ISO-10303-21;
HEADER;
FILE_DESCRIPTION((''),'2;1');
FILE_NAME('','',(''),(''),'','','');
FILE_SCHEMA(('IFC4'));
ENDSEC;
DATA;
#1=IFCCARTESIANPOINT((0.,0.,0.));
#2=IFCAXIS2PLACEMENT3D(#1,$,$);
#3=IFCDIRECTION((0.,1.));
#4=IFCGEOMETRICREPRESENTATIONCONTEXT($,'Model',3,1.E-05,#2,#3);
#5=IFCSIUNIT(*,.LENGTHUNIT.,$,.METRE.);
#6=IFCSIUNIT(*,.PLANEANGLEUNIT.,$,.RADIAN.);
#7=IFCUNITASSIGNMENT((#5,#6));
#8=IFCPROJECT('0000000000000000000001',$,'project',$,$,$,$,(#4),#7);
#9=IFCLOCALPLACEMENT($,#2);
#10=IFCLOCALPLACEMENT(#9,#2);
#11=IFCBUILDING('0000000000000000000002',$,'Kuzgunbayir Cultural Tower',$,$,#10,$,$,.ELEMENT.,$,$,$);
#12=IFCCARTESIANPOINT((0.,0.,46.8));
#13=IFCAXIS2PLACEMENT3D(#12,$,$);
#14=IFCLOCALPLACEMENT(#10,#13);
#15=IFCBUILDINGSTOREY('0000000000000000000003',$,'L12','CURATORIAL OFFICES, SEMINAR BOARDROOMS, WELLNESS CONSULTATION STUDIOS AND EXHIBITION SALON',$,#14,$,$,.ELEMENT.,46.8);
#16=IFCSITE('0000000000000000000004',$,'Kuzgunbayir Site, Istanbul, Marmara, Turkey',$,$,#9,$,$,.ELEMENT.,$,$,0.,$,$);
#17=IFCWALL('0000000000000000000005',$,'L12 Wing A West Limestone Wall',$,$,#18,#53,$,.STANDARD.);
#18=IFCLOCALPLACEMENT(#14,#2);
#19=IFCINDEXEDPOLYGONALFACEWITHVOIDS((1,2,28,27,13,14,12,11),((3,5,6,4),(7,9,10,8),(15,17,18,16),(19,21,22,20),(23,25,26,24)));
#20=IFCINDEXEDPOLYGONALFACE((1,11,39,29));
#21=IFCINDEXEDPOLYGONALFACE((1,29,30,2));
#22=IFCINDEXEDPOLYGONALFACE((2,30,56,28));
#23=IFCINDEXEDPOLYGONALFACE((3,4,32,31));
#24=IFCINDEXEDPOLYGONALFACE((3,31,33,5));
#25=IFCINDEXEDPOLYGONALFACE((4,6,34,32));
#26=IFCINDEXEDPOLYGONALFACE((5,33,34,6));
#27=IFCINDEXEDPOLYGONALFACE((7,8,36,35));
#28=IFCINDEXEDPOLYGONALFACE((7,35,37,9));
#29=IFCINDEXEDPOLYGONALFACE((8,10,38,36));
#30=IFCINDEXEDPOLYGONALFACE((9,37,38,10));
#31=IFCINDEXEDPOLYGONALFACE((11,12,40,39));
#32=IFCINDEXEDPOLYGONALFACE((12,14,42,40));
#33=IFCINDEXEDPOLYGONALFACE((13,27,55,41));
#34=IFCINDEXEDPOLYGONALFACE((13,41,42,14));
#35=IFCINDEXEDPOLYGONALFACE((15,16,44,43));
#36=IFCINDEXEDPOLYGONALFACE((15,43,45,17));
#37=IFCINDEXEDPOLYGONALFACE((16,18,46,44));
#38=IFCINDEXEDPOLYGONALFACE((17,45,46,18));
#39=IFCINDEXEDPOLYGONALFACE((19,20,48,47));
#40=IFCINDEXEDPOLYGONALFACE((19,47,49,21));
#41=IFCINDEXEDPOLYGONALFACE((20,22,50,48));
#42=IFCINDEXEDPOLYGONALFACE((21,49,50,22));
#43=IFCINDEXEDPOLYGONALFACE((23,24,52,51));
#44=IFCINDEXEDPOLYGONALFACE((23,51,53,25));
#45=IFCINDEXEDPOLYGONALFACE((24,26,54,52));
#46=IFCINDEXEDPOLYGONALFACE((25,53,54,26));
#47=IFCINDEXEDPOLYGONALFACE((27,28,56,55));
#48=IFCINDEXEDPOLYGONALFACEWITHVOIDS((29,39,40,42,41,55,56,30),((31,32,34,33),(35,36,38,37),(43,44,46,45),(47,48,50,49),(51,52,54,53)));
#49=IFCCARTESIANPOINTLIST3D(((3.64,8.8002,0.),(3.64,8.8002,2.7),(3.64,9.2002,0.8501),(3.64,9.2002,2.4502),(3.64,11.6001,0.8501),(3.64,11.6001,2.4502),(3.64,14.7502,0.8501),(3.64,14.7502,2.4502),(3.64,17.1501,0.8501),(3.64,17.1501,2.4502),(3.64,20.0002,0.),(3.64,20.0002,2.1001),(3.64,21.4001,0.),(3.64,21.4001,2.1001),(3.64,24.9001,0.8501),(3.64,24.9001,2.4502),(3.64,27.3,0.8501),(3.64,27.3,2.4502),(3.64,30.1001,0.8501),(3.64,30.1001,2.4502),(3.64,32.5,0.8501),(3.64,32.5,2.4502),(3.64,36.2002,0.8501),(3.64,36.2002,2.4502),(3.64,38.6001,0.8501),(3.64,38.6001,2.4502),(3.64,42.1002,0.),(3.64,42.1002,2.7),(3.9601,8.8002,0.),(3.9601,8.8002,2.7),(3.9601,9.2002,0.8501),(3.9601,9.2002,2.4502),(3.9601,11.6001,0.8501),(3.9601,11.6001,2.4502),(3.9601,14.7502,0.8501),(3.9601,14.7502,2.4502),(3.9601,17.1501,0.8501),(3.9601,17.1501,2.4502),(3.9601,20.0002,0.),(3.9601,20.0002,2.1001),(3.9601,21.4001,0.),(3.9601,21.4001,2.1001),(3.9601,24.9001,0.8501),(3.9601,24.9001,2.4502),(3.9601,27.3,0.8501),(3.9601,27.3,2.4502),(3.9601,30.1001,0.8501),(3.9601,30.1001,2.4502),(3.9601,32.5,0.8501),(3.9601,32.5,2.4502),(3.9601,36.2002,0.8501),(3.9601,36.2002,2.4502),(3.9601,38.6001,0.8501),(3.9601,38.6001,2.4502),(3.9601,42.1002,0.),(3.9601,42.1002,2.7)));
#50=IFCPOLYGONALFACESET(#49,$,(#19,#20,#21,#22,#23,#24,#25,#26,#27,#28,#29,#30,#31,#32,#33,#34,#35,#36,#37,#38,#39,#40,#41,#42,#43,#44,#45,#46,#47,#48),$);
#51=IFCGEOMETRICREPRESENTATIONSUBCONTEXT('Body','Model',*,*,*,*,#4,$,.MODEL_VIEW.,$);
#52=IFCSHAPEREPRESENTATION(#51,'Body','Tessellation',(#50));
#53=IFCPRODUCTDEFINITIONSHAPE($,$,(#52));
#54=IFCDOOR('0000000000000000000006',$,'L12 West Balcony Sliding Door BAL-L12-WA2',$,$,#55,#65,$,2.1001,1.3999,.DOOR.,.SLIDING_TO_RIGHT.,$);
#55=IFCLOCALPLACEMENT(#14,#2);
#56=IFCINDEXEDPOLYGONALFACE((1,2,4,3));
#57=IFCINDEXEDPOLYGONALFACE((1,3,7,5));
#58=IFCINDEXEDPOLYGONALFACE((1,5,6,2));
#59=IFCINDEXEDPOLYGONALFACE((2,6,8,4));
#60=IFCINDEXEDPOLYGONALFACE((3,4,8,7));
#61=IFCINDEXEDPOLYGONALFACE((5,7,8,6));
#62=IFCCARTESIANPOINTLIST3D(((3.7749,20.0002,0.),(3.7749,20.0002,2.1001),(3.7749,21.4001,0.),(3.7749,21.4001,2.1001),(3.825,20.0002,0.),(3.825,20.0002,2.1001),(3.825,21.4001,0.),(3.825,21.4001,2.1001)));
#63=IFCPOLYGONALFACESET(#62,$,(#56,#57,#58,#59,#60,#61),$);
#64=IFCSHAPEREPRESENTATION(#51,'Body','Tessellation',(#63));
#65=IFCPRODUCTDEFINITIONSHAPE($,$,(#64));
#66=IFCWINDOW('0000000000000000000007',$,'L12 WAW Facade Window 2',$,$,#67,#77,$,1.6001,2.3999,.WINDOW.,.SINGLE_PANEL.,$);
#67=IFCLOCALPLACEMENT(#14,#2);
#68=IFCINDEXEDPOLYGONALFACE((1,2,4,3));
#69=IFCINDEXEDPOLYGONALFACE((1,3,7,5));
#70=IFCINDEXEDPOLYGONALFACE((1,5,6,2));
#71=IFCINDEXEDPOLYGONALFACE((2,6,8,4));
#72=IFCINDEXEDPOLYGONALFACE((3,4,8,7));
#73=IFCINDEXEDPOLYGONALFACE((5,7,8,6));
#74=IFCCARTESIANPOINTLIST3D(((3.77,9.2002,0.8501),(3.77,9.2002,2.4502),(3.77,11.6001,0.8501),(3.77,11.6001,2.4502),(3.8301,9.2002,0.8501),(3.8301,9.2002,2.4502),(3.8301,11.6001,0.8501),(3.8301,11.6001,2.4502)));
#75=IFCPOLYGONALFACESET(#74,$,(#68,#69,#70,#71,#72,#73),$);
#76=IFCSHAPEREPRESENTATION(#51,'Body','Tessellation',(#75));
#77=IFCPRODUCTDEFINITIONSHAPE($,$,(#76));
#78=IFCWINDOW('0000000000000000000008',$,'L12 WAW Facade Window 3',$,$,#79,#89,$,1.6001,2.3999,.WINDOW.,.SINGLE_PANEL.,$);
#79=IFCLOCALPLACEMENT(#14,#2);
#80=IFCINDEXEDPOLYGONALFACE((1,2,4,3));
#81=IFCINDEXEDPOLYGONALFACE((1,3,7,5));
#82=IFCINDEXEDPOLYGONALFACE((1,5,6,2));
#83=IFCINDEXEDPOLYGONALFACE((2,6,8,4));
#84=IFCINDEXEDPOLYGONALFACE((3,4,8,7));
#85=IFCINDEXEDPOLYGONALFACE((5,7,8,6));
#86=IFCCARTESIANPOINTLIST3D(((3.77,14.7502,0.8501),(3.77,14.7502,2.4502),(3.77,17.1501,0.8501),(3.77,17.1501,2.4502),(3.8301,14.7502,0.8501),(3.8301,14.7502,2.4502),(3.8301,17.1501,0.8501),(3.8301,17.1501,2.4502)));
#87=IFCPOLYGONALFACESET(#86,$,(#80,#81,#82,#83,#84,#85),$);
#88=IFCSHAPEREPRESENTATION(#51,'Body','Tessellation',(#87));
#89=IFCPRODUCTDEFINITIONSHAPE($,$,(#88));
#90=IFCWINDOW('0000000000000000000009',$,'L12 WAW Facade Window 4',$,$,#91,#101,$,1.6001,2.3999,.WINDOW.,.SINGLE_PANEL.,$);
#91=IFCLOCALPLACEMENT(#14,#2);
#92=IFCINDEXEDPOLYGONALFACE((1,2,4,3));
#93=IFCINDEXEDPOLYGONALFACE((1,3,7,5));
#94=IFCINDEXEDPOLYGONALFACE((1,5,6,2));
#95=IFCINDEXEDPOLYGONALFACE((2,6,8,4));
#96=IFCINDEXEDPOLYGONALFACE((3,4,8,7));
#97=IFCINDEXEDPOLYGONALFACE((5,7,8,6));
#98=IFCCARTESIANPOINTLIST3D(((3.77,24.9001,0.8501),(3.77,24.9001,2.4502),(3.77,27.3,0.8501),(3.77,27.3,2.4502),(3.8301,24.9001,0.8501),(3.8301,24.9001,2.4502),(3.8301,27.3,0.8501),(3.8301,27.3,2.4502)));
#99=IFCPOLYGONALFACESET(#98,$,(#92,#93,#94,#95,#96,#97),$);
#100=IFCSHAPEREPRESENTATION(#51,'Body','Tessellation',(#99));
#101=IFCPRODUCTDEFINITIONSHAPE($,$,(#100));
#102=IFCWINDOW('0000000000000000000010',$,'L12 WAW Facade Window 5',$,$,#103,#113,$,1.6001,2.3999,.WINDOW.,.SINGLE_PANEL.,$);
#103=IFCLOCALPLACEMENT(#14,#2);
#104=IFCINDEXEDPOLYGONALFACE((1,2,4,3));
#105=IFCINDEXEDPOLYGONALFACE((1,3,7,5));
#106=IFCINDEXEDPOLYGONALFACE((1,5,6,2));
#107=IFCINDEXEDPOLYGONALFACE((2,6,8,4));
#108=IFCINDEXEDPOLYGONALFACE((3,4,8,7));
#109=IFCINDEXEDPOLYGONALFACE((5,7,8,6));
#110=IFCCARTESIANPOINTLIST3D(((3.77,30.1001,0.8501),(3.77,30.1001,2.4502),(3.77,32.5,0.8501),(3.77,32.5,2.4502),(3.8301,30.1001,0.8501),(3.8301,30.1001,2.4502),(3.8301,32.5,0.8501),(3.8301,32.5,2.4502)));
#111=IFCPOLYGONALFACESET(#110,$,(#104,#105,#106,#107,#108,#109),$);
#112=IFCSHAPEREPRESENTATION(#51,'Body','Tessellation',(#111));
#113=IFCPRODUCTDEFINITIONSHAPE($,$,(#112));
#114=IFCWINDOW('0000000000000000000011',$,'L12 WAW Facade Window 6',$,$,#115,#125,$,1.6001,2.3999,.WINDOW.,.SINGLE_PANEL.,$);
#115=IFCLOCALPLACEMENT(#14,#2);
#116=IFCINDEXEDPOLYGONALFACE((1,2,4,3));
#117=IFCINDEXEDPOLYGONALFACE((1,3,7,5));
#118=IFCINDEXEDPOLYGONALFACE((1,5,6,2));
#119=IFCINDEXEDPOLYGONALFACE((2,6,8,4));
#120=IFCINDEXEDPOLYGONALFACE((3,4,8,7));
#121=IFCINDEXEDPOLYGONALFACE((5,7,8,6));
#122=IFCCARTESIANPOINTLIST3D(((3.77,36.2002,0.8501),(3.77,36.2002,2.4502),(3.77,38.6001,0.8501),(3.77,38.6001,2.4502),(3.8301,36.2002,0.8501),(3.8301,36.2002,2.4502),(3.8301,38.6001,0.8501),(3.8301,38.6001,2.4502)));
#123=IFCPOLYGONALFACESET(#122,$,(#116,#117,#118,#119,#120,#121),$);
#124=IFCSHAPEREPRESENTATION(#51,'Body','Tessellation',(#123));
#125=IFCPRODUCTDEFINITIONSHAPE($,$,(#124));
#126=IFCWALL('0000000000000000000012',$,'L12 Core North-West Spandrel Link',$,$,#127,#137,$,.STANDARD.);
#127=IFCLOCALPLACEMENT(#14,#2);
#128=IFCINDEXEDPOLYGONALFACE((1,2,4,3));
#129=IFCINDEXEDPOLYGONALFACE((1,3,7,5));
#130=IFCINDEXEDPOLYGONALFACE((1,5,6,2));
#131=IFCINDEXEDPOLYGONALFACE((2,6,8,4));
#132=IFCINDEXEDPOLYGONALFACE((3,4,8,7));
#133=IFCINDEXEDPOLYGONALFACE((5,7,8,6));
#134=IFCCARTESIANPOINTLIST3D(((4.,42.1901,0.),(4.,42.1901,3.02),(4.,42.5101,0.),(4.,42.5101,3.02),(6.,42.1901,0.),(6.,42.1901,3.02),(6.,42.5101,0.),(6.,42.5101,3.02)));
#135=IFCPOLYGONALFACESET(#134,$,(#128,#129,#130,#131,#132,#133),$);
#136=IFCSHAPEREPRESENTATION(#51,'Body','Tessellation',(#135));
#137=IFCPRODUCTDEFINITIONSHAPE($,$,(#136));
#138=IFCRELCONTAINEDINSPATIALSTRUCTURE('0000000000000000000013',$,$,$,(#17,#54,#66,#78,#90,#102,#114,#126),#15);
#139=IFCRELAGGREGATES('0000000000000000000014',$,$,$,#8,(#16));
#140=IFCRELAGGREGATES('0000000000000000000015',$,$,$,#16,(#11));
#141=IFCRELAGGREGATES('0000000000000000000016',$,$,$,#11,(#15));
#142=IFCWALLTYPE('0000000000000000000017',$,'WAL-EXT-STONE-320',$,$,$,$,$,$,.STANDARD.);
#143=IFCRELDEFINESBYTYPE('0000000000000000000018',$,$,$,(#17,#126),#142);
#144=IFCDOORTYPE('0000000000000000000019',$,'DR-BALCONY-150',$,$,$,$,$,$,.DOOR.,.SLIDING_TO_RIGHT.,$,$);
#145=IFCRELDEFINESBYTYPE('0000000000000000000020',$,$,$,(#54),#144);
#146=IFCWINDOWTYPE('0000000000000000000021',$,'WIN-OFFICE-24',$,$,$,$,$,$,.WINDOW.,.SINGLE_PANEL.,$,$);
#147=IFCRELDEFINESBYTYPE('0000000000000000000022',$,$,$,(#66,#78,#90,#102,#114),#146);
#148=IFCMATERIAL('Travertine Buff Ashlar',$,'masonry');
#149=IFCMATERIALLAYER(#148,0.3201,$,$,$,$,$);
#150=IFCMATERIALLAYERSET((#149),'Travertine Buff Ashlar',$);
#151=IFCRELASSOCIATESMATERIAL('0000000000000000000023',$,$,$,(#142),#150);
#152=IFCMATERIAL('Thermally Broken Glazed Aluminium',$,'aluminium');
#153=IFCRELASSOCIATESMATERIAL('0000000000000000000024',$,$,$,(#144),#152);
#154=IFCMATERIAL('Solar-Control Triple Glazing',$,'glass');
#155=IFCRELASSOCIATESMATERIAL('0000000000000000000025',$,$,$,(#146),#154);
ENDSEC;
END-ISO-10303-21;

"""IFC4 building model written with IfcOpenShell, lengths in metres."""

from ifc_helpers import new_model, si_unit, direction, frame, frame_2d, origin, place, context, subcontext, project, spatial, rectangle, extrude, material, layer, layer_set, type_object, element, fill, save


model = new_model("IFC4")

# Units and contexts
model_context = context("Model", 3, precision=1e-05, world=origin(), true_north=direction((0.0, 1.0)))
body_context = subcontext(model_context, "Body", "Model", "MODEL_VIEW")
ifc_project = project(units=[si_unit("LENGTHUNIT", "METRE"), si_unit("PLANEANGLEUNIT", "RADIAN")], contexts=[model_context])

# Site, building, storey
site_placement = place(None, origin())
site = spatial("IfcSite", under=ifc_project, at=site_placement, Name="Kuzgunbayir Site, Istanbul, Marmara, Turkey", CompositionType="ELEMENT", RefElevation=0.0)
building_placement = place(site_placement, origin())
building = spatial("IfcBuilding", under=site, at=building_placement, Name="Kuzgunbayir Cultural Tower", CompositionType="ELEMENT")
storey_placement = place(building_placement, frame((0.0, 0.0, 46.8)))
storey = spatial("IfcBuildingStorey", under=building, at=storey_placement, Name="L12", Description="CURATORIAL OFFICES, SEMINAR BOARDROOMS, WELLNESS CONSULTATION STUDIOS AND EXHIBITION SALON", CompositionType="ELEMENT", Elevation=46.8)

# Wall, openings, door, windows
ifc_material_1 = material(Name="Travertine Buff Ashlar", Category="masonry")
ifc_layer_1 = layer(ifc_material_1, 0.3201)
ifc_layer_set_1 = layer_set([ifc_layer_1], Name="Travertine Buff Ashlar")
wall_type_1 = type_object("IfcWallType", Name="WAL-EXT-STONE-320", PredefinedType="STANDARD", material=ifc_layer_set_1)
wall_1_placement = place(storey_placement, frame((3.8, 42.1001, 0.0), z_axis=(0.0, 0.0, 1.0), x_axis=(0.0, -1.0, 0.0)))
wall_1 = element("IfcWall", 1, at=wall_1_placement, inside=storey, type_object=wall_type_1, Name="L12 Wing A West Limestone Wall", PredefinedType="STANDARD", context=body_context, shape_type="SweptSolid", body=[
    extrude(rectangle(XDim=33.3, YDim=0.3201, at=frame_2d((16.6499, 0.0))), origin(), (0.0, 0.0, 1.0), 2.7),
])
opening_1_placement = place(wall_1_placement, frame((20.7, 0.0, 0.0)))
opening_1 = element("IfcOpeningElement", 2, at=opening_1_placement, cuts=wall_1, PredefinedType="OPENING", context=body_context, shape_type="SweptSolid", body=[
    extrude(rectangle(XDim=1.3999, YDim=2.1001, at=frame_2d((0.7, 1.05))), frame((0.0, 0.1699, 0.0), z_axis=(0.0, -1.0, 0.0), x_axis=(1.0, 0.0, 0.0)), (0.0, 0.0, 1.0), 0.3401),
])
opening_2_placement = place(wall_1_placement, frame((30.5, 0.0, 0.8501)))
opening_2 = element("IfcOpeningElement", 3, at=opening_2_placement, cuts=wall_1, PredefinedType="OPENING", context=body_context, shape_type="SweptSolid", body=[
    extrude(rectangle(XDim=2.3999, YDim=1.6001, at=frame_2d((1.2, 0.8))), frame((0.0, 0.1699, 0.0), z_axis=(0.0, -1.0, 0.0), x_axis=(1.0, 0.0, 0.0)), (0.0, 0.0, 1.0), 0.3401),
])
opening_3_placement = place(wall_1_placement, frame((24.95, 0.0, 0.8501)))
opening_3 = element("IfcOpeningElement", 4, at=opening_3_placement, cuts=wall_1, PredefinedType="OPENING", context=body_context, shape_type="SweptSolid", body=[
    extrude(rectangle(XDim=2.3999, YDim=1.6001, at=frame_2d((1.2, 0.8))), frame((0.0, 0.1699, 0.0), z_axis=(0.0, -1.0, 0.0), x_axis=(1.0, 0.0, 0.0)), (0.0, 0.0, 1.0), 0.3401),
])
opening_4_placement = place(wall_1_placement, frame((14.8, 0.0, 0.8501)))
opening_4 = element("IfcOpeningElement", 5, at=opening_4_placement, cuts=wall_1, PredefinedType="OPENING", context=body_context, shape_type="SweptSolid", body=[
    extrude(rectangle(XDim=2.3999, YDim=1.6001, at=frame_2d((1.2, 0.8))), frame((0.0, 0.1699, 0.0), z_axis=(0.0, -1.0, 0.0), x_axis=(1.0, 0.0, 0.0)), (0.0, 0.0, 1.0), 0.3401),
])
opening_5_placement = place(wall_1_placement, frame((9.6001, 0.0, 0.8501)))
opening_5 = element("IfcOpeningElement", 6, at=opening_5_placement, cuts=wall_1, PredefinedType="OPENING", context=body_context, shape_type="SweptSolid", body=[
    extrude(rectangle(XDim=2.3999, YDim=1.6001, at=frame_2d((1.2, 0.8))), frame((0.0, 0.1699, 0.0), z_axis=(0.0, -1.0, 0.0), x_axis=(1.0, 0.0, 0.0)), (0.0, 0.0, 1.0), 0.3401),
])
opening_6_placement = place(wall_1_placement, frame((3.5, 0.0, 0.8501)))
opening_6 = element("IfcOpeningElement", 7, at=opening_6_placement, cuts=wall_1, PredefinedType="OPENING", context=body_context, shape_type="SweptSolid", body=[
    extrude(rectangle(XDim=2.3999, YDim=1.6001, at=frame_2d((1.2, 0.8))), frame((0.0, 0.1699, 0.0), z_axis=(0.0, -1.0, 0.0), x_axis=(1.0, 0.0, 0.0)), (0.0, 0.0, 1.0), 0.3401),
])
ifc_material_2 = material(Name="Thermally Broken Glazed Aluminium", Category="aluminium")
door_type = type_object("IfcDoorType", Name="DR-BALCONY-150", OperationType="SLIDING_TO_RIGHT", PredefinedType="DOOR", material=ifc_material_2)
door_placement = place(opening_1_placement, origin())
door = element("IfcDoor", 8, at=door_placement, inside=storey, type_object=door_type, Name="L12 West Balcony Sliding Door BAL-L12-WA2", OperationType="SLIDING_TO_RIGHT", OverallHeight=2.1001, OverallWidth=1.3999, PredefinedType="DOOR", context=body_context, shape_type="SweptSolid", body=[
    extrude(rectangle(XDim=1.3999, YDim=2.1001, at=frame_2d((0.7, 1.05))), frame((0.0, 0.0249, 0.0), z_axis=(0.0, -1.0, 0.0), x_axis=(1.0, 0.0, 0.0)), (0.0, 0.0, 1.0), 0.05),
])
fill(opening_1, door)
ifc_material_3 = material(Name="Solar-Control Triple Glazing", Category="glass")
window_type = type_object("IfcWindowType", Name="WIN-OFFICE-24", PartitioningType="SINGLE_PANEL", PredefinedType="WINDOW", material=ifc_material_3)
window_1_placement = place(opening_2_placement, origin())
window_1 = element("IfcWindow", 9, at=window_1_placement, inside=storey, type_object=window_type, Name="L12 WAW Facade Window 2", OverallHeight=1.6001, OverallWidth=2.3999, PartitioningType="SINGLE_PANEL", PredefinedType="WINDOW", context=body_context, shape_type="SweptSolid", body=[
    extrude(rectangle(XDim=2.3999, YDim=1.6001, at=frame_2d((1.2, 0.8))), frame((0.0, 0.03, 0.0), z_axis=(0.0, -1.0, 0.0), x_axis=(1.0, 0.0, 0.0)), (0.0, 0.0, 1.0), 0.0601),
])
fill(opening_2, window_1)
window_2_placement = place(opening_3_placement, origin())
window_2 = element("IfcWindow", 10, at=window_2_placement, inside=storey, type_object=window_type, Name="L12 WAW Facade Window 3", OverallHeight=1.6001, OverallWidth=2.3999, PartitioningType="SINGLE_PANEL", PredefinedType="WINDOW", context=body_context, shape_type="SweptSolid", body=[
    extrude(rectangle(XDim=2.3999, YDim=1.6001, at=frame_2d((1.2, 0.8))), frame((0.0, 0.03, 0.0), z_axis=(0.0, -1.0, 0.0), x_axis=(1.0, 0.0, 0.0)), (0.0, 0.0, 1.0), 0.0601),
])
fill(opening_3, window_2)
window_3_placement = place(opening_4_placement, origin())
window_3 = element("IfcWindow", 11, at=window_3_placement, inside=storey, type_object=window_type, Name="L12 WAW Facade Window 4", OverallHeight=1.6001, OverallWidth=2.3999, PartitioningType="SINGLE_PANEL", PredefinedType="WINDOW", context=body_context, shape_type="SweptSolid", body=[
    extrude(rectangle(XDim=2.3999, YDim=1.6001, at=frame_2d((1.2, 0.8))), frame((0.0, 0.03, 0.0), z_axis=(0.0, -1.0, 0.0), x_axis=(1.0, 0.0, 0.0)), (0.0, 0.0, 1.0), 0.0601),
])
fill(opening_4, window_3)
window_4_placement = place(opening_5_placement, origin())
window_4 = element("IfcWindow", 12, at=window_4_placement, inside=storey, type_object=window_type, Name="L12 WAW Facade Window 5", OverallHeight=1.6001, OverallWidth=2.3999, PartitioningType="SINGLE_PANEL", PredefinedType="WINDOW", context=body_context, shape_type="SweptSolid", body=[
    extrude(rectangle(XDim=2.3999, YDim=1.6001, at=frame_2d((1.2, 0.8))), frame((0.0, 0.03, 0.0), z_axis=(0.0, -1.0, 0.0), x_axis=(1.0, 0.0, 0.0)), (0.0, 0.0, 1.0), 0.0601),
])
fill(opening_5, window_4)
window_5_placement = place(opening_6_placement, origin())
window_5 = element("IfcWindow", 13, at=window_5_placement, inside=storey, type_object=window_type, Name="L12 WAW Facade Window 6", OverallHeight=1.6001, OverallWidth=2.3999, PartitioningType="SINGLE_PANEL", PredefinedType="WINDOW", context=body_context, shape_type="SweptSolid", body=[
    extrude(rectangle(XDim=2.3999, YDim=1.6001, at=frame_2d((1.2, 0.8))), frame((0.0, 0.03, 0.0), z_axis=(0.0, -1.0, 0.0), x_axis=(1.0, 0.0, 0.0)), (0.0, 0.0, 1.0), 0.0601),
])
fill(opening_6, window_5)

# Wall
wall_2_placement = place(storey_placement, frame((6.0, 42.3501, 0.0), z_axis=(0.0, 0.0, 1.0), x_axis=(-1.0, 0.0, 0.0)))
element("IfcWall", 14, at=wall_2_placement, inside=storey, type_object=wall_type_1, Name="L12 Core North-West Spandrel Link", PredefinedType="STANDARD", context=body_context, shape_type="SweptSolid", body=[
    extrude(rectangle(XDim=2.0, YDim=0.3201, at=frame_2d((1.0, 0.0))), origin(), (0.0, 0.0, 1.0), 3.02),
])

save(model, "model.ifc")
